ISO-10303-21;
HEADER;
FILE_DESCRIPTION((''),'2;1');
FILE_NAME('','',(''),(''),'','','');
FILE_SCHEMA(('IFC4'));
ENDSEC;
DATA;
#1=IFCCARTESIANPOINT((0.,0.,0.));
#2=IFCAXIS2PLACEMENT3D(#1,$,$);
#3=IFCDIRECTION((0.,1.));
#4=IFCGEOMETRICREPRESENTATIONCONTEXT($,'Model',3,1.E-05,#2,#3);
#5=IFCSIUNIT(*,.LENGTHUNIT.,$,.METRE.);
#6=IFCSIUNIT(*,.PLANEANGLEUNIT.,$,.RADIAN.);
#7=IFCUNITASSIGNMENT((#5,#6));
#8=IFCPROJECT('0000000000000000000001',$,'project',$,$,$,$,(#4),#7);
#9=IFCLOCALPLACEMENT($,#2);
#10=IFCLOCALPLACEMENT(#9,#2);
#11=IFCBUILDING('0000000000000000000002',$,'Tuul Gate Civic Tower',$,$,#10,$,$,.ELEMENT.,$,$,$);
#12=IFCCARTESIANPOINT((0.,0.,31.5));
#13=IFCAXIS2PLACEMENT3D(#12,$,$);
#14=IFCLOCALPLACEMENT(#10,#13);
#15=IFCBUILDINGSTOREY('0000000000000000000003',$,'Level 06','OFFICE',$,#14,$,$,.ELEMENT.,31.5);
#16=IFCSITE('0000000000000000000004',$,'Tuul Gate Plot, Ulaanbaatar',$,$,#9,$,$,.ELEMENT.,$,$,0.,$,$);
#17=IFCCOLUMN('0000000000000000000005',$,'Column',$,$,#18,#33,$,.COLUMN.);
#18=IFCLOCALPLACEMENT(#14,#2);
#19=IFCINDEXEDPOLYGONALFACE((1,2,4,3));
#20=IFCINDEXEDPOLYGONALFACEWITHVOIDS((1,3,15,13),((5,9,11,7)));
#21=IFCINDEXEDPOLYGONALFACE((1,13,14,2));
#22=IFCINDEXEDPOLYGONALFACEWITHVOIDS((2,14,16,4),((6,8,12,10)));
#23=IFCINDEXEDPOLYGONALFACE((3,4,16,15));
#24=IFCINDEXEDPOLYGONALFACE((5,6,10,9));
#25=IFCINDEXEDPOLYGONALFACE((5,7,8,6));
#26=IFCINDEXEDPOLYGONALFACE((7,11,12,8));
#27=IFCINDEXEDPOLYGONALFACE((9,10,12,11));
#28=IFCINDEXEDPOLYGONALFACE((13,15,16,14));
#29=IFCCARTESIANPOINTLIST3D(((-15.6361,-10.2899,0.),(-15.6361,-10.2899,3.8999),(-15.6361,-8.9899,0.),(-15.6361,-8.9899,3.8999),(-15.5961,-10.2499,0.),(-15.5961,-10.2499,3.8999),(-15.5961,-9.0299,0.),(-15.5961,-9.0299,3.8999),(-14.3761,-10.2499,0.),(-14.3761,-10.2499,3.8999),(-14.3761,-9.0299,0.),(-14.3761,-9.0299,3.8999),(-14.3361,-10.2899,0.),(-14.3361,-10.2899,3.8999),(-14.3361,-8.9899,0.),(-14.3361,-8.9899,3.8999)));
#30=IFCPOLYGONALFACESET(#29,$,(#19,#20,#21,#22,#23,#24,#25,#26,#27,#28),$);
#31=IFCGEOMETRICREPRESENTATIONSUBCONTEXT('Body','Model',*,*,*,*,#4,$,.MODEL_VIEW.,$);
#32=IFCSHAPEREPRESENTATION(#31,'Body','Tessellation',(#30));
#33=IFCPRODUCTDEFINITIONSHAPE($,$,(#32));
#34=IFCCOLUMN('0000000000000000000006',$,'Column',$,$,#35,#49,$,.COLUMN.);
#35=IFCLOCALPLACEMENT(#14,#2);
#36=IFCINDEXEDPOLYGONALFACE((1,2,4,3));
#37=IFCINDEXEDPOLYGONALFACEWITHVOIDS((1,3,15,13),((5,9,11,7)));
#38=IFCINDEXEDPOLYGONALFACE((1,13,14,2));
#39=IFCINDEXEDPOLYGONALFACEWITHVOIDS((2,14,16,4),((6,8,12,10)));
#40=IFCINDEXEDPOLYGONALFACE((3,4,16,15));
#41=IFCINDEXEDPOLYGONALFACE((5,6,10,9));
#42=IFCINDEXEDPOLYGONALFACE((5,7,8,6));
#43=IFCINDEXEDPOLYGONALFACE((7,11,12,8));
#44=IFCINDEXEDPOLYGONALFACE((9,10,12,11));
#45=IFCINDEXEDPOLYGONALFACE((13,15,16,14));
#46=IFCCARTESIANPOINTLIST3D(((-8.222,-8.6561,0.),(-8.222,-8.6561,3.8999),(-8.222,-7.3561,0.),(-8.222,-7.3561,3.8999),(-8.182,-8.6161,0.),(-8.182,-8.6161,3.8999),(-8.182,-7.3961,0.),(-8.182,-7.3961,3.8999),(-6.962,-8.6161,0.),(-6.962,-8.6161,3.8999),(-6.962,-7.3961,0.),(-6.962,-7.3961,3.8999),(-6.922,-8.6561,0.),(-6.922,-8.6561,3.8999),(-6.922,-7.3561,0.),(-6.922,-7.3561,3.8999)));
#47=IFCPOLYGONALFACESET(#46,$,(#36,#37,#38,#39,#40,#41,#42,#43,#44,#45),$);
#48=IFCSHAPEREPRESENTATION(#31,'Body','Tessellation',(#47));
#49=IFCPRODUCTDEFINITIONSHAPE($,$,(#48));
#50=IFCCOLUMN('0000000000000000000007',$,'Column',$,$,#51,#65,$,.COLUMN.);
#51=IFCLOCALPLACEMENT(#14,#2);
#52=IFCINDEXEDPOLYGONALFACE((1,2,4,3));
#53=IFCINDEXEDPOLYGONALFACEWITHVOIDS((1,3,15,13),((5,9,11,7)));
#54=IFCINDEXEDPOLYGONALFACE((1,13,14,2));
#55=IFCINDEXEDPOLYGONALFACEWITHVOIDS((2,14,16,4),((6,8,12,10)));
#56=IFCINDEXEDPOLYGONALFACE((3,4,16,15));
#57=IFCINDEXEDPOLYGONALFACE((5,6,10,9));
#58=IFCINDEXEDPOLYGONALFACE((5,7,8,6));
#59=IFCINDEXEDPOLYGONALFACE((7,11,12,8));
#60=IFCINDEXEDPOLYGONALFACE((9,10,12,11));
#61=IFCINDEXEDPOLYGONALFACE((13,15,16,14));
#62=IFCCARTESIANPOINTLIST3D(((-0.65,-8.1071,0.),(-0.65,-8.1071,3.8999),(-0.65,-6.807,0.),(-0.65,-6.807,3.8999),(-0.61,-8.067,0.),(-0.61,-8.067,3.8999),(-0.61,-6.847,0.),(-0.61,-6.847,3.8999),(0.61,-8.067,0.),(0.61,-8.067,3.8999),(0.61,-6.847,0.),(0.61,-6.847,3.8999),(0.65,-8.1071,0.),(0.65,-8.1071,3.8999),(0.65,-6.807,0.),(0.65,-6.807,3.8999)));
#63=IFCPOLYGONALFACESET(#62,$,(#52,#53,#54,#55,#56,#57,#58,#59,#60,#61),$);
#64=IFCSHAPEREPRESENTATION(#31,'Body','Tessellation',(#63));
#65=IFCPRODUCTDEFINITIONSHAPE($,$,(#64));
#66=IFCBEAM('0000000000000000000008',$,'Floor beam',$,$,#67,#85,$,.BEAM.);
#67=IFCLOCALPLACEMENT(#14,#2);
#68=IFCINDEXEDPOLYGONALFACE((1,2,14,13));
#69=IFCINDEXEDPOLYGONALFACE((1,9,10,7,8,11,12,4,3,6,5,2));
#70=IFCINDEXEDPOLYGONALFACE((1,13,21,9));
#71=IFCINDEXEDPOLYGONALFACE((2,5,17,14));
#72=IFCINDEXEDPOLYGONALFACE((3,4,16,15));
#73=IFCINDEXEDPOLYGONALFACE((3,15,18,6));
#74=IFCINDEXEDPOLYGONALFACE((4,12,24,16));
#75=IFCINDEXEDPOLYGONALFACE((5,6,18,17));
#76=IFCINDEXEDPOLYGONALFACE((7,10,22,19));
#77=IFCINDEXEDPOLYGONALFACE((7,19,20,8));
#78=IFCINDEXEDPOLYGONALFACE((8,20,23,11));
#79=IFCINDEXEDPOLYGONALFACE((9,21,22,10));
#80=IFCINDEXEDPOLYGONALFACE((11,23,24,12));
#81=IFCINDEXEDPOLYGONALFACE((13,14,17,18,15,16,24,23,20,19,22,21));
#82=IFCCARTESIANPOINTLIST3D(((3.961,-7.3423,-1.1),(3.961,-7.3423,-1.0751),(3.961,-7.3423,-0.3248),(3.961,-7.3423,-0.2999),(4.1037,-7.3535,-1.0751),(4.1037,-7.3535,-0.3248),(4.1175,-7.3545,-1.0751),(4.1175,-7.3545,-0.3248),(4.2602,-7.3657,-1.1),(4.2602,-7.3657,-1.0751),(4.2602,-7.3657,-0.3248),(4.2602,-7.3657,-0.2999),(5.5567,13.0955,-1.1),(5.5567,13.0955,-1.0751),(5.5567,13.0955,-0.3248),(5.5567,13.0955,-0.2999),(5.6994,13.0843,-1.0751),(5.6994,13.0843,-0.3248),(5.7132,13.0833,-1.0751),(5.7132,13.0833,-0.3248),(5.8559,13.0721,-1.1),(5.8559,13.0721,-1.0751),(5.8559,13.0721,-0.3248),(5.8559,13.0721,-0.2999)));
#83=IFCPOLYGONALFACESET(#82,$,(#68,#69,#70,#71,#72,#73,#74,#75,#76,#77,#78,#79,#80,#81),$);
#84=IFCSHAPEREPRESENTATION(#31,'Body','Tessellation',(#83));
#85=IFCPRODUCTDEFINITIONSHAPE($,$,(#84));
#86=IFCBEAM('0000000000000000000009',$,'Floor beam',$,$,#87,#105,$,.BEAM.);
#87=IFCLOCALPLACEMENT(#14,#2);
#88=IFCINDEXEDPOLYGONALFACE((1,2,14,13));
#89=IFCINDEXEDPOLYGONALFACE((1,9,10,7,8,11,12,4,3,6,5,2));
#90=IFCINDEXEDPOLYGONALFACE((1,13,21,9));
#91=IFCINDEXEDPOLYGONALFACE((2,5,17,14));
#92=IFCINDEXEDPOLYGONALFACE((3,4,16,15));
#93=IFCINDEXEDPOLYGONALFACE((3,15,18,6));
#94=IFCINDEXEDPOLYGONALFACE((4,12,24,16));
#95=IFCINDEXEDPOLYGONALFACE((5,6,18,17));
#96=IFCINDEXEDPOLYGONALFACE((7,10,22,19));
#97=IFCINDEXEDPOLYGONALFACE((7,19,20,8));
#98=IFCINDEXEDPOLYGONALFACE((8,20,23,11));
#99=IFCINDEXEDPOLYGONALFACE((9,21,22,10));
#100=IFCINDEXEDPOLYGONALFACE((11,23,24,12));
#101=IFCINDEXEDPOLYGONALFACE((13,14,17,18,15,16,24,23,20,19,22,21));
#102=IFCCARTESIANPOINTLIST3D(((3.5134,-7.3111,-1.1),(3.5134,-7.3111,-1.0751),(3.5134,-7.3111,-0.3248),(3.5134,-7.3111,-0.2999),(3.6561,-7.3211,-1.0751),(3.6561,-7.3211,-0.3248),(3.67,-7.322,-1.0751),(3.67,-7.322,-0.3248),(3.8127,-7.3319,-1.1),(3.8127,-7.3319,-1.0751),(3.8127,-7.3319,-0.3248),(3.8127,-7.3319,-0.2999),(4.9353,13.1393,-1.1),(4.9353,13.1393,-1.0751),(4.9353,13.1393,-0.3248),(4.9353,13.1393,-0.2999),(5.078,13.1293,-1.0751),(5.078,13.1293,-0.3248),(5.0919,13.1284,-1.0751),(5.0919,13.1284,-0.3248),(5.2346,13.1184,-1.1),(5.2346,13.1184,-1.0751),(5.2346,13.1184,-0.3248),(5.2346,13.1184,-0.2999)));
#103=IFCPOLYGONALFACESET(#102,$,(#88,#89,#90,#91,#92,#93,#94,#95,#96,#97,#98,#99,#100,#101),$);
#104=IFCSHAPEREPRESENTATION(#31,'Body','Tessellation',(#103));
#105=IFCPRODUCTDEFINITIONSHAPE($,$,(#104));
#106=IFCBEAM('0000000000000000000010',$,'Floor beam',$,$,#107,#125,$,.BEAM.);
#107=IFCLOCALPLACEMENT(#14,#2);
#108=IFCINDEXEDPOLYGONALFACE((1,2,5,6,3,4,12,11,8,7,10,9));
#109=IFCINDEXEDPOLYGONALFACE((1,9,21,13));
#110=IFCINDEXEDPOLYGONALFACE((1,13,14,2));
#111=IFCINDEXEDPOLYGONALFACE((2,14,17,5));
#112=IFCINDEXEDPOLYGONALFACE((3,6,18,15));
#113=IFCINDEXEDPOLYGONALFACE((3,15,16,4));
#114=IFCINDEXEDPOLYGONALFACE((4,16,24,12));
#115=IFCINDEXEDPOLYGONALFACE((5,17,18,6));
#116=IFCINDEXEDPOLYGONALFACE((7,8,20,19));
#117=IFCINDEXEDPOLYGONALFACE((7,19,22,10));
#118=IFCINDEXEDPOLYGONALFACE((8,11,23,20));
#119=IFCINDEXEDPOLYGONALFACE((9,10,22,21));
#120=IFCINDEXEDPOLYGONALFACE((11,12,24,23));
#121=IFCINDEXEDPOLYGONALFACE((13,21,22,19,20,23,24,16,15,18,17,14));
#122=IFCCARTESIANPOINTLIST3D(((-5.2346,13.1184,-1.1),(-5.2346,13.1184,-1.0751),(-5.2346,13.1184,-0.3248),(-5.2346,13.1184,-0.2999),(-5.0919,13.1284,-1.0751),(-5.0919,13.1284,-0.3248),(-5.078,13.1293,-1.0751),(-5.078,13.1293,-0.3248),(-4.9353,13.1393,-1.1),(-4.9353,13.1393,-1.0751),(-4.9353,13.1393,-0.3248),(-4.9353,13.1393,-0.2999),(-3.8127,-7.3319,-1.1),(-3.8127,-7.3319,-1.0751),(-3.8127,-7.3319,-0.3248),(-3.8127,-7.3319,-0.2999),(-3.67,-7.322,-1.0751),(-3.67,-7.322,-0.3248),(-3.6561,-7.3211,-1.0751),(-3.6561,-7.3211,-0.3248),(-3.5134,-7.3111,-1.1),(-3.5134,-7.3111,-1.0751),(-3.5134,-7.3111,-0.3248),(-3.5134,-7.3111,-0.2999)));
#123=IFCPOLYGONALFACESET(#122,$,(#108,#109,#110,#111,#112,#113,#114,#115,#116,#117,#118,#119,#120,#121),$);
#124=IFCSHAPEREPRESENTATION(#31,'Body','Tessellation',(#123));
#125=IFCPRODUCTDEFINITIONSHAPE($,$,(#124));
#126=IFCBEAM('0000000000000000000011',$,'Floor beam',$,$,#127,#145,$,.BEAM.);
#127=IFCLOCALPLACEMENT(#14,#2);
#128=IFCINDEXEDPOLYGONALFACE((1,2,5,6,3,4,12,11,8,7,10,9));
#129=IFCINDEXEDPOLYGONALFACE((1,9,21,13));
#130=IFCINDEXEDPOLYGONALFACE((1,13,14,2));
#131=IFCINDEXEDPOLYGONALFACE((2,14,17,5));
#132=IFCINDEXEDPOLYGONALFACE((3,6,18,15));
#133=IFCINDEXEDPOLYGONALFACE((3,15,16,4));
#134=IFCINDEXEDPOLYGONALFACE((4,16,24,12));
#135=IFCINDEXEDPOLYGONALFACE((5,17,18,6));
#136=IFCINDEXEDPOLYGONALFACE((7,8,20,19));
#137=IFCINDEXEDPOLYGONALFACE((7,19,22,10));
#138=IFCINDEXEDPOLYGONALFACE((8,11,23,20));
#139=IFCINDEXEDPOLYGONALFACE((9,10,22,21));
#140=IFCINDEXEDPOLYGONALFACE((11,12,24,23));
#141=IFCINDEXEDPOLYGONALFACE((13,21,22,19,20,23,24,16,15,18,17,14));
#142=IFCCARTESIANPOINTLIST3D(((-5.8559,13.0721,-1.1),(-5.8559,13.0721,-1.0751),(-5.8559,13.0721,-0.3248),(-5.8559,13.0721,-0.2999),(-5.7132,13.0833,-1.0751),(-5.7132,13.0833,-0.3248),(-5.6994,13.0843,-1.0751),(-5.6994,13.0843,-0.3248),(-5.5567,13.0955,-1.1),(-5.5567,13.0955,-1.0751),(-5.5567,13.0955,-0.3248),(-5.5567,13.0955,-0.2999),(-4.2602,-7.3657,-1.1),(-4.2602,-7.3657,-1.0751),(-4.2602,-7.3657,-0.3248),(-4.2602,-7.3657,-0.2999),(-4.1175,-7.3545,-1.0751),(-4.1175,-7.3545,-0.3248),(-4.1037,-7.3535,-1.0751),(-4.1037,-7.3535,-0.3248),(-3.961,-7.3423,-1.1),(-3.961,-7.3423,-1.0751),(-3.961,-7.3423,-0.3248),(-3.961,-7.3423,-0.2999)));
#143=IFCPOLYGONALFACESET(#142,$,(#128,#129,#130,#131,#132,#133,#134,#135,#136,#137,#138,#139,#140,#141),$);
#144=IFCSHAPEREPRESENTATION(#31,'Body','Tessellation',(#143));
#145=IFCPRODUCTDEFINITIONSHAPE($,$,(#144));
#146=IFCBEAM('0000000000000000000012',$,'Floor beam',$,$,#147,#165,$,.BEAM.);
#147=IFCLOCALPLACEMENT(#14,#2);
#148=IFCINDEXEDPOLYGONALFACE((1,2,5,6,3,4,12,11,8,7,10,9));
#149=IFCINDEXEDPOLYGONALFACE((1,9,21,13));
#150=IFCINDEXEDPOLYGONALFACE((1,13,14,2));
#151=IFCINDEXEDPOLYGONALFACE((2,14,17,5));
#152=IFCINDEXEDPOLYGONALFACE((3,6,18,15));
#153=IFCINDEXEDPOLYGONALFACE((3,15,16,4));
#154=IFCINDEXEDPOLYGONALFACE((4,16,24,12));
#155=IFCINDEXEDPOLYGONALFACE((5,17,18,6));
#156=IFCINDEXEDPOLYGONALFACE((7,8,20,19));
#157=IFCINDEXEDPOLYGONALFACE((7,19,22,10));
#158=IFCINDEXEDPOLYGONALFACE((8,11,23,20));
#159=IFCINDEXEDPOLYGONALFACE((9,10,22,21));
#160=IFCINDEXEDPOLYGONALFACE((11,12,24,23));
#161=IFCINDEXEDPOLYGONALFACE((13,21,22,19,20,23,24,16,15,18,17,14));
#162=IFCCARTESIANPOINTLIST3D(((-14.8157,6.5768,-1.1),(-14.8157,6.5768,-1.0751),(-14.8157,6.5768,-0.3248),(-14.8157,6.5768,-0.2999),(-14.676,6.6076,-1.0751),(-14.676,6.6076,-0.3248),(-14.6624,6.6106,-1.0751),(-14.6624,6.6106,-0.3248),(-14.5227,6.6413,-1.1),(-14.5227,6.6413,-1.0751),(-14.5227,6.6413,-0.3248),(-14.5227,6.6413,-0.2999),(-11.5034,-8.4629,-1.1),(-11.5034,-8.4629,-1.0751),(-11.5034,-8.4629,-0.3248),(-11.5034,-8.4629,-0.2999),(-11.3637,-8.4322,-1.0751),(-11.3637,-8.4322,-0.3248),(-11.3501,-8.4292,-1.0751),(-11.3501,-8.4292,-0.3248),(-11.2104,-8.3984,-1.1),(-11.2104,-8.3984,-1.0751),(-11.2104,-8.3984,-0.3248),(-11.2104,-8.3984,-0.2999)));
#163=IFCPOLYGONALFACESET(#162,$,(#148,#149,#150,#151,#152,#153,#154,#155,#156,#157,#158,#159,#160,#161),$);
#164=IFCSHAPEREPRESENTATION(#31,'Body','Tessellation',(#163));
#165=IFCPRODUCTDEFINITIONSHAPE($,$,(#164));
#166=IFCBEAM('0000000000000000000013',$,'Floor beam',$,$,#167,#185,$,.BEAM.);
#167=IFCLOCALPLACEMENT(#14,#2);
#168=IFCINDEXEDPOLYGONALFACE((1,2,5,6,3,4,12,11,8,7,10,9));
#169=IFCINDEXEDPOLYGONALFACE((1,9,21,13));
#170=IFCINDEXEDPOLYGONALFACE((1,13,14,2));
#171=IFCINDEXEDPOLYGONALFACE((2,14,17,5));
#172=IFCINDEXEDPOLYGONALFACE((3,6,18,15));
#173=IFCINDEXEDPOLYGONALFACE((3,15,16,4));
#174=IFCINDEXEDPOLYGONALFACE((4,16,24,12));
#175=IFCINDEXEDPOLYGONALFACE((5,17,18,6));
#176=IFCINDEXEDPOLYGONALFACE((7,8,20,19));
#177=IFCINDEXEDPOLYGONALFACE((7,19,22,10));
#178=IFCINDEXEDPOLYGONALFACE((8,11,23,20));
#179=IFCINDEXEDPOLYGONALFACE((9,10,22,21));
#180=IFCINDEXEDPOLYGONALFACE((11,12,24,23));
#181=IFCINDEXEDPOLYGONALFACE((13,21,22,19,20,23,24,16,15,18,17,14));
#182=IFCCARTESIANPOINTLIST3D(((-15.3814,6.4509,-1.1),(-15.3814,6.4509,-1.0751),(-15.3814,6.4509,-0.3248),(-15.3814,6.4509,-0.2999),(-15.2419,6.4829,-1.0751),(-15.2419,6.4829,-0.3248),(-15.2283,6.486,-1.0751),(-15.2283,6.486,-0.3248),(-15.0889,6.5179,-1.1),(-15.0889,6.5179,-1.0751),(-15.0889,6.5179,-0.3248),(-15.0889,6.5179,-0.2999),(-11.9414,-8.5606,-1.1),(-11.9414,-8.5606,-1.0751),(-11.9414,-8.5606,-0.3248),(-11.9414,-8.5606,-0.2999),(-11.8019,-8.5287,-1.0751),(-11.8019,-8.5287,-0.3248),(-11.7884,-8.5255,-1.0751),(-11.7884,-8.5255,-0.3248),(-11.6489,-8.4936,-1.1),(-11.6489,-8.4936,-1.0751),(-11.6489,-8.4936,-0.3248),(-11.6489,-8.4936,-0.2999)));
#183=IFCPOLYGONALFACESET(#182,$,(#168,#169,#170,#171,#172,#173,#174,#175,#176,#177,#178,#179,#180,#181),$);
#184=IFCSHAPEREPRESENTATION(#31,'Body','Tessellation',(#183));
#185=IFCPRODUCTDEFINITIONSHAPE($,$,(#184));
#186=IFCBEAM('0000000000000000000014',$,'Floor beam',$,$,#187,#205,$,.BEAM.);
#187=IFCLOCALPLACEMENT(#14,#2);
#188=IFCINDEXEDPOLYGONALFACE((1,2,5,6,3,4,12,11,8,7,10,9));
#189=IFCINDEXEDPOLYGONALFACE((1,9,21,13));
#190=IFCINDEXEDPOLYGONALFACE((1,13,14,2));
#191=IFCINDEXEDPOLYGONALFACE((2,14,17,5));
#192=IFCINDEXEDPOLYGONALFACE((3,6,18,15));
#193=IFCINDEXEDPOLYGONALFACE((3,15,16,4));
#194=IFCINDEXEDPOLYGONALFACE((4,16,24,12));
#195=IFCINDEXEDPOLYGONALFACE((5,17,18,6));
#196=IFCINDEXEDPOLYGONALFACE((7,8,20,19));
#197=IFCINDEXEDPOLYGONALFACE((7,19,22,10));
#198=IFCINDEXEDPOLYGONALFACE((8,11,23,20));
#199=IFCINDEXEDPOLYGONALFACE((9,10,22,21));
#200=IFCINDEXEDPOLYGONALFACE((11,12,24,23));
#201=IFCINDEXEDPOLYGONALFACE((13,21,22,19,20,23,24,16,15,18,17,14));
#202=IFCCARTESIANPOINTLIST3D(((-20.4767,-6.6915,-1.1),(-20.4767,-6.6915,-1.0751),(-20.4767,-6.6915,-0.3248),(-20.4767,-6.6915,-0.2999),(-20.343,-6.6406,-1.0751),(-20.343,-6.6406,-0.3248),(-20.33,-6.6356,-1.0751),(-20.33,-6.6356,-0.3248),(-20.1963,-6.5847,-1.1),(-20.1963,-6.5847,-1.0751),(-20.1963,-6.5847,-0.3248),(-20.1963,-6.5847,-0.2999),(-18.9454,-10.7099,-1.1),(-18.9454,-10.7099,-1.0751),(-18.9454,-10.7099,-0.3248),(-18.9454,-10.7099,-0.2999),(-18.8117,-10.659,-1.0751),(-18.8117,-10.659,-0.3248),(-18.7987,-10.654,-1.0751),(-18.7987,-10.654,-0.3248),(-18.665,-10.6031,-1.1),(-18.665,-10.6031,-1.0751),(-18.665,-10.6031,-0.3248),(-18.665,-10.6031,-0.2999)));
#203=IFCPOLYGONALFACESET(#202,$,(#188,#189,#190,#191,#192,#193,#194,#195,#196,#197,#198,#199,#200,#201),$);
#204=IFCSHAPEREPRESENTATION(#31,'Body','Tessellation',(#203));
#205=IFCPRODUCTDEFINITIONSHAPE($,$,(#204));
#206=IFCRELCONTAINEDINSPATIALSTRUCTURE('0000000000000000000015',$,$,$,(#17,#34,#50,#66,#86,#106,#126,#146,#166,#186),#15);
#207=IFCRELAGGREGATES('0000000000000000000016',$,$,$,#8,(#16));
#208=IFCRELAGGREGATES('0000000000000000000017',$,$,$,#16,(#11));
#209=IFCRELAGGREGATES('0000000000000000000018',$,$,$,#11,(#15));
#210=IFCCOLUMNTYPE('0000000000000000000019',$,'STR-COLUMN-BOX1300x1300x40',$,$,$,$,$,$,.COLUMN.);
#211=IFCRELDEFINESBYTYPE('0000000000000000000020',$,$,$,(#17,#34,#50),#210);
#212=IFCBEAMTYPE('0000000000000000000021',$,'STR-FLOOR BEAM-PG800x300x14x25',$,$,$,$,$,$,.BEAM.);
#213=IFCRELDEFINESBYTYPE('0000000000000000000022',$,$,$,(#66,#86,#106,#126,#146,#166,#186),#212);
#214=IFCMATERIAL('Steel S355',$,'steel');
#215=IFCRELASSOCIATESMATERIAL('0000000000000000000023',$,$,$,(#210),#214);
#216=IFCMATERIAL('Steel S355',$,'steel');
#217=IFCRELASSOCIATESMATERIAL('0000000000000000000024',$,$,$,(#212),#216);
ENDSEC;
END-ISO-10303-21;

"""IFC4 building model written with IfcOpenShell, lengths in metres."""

from ifc_helpers import new_model, si_unit, direction, frame, origin, origin_2d, place, context, subcontext, project, spatial, hollow_rectangle, i_section, extrude, material, material_profile, profile_set, type_object, element, save


model = new_model("IFC4")

# Units and contexts
model_context = context("Model", 3, precision=1e-05, world=origin(), true_north=direction((0.0, 1.0)))
body_context = subcontext(model_context, "Body", "Model", "MODEL_VIEW")
ifc_project = project(units=[si_unit("LENGTHUNIT", "METRE"), si_unit("PLANEANGLEUNIT", "RADIAN")], contexts=[model_context])

# Site, building, storey
site_placement = place(None, origin())
site = spatial("IfcSite", under=ifc_project, at=site_placement, Name="Tuul Gate Plot, Ulaanbaatar", CompositionType="ELEMENT", RefElevation=0.0)
building_placement = place(site_placement, origin())
building = spatial("IfcBuilding", under=site, at=building_placement, Name="Tuul Gate Civic Tower", CompositionType="ELEMENT")
storey_placement = place(building_placement, frame((0.0, 0.0, 31.5)))
storey = spatial("IfcBuildingStorey", under=building, at=storey_placement, Name="Level 06", Description="OFFICE", CompositionType="ELEMENT", Elevation=31.5)

# Columns
ifc_material_1 = material(Name="Steel S355", Category="steel")
ifc_material_profile_1 = material_profile(ifc_material_1, hollow_rectangle(XDim=1.3, YDim=1.3, WallThickness=0.04, at=origin_2d()), Name="BOX1300x1300x40")
ifc_profile_set_1 = profile_set([ifc_material_profile_1], Name="Steel S355")
column_type = type_object("IfcColumnType", Name="STR-COLUMN-BOX1300x1300x40", PredefinedType="COLUMN", material=ifc_profile_set_1)
for number, where, z_axis, x_axis, name in (
    (1, (-14.9861, -9.6399, 0.0), (0.0, 0.0, 1.0), (1.0, 0.0, 0.0), "Column"),
    (2, (-7.572, -8.0061, 0.0), (0.0, 0.0, 1.0), (1.0, 0.0, 0.0), "Column"),
    (3, (0.0, -7.457, 0.0), (0.0, 0.0, 1.0), (1.0, 0.0, 0.0), "Column"),
):
    element("IfcColumn", number, at=place(storey_placement, frame(where, z_axis=z_axis, x_axis=x_axis)), inside=storey, type_object=column_type, Name=name, PredefinedType="COLUMN", context=body_context, shape_type="SweptSolid", body=[
        extrude(hollow_rectangle(XDim=1.3, YDim=1.3, WallThickness=0.04, at=origin_2d()), origin(), (0.0, 0.0, 1.0), 3.8999),
    ])

# Beams
ifc_material_2 = material(Name="Steel S355", Category="steel")
ifc_material_profile_2 = material_profile(ifc_material_2, i_section(OverallWidth=0.3, OverallDepth=0.8, WebThickness=0.0139, FlangeThickness=0.0249, at=origin_2d()), Name="PG800x300x14x25")
ifc_profile_set_2 = profile_set([ifc_material_profile_2], Name="Steel S355")
beam_type = type_object("IfcBeamType", Name="STR-FLOOR BEAM-PG800x300x14x25", PredefinedType="BEAM", material=ifc_profile_set_2)
beam_1_placement = place(storey_placement, frame((4.1106, -7.354, -0.7), z_axis=(0.077839, 0.996966, 0.0), x_axis=(-0.996966, 0.077839, 0.0)))
element("IfcBeam", 4, at=beam_1_placement, inside=storey, type_object=beam_type, Name="Floor beam", PredefinedType="BEAM", context=body_context, shape_type="SweptSolid", body=[
    extrude(i_section(OverallWidth=0.3, OverallDepth=0.8, WebThickness=0.0139, FlangeThickness=0.0249, at=origin_2d()), origin(), (0.0, 0.0, 1.0), 20.5),
])
for number, where, z_axis, x_axis, name in (
    (5, (3.6631, -7.3215, -0.7), (0.06936, 0.997592, 0.0), (-0.997592, 0.06936, 0.0), "Floor beam"),
    (6, (-3.6631, -7.3215, -0.7), (-0.06936, 0.997592, 0.0), (-0.997592, -0.06936, 0.0), "Floor beam"),
):
    element("IfcBeam", number, at=place(storey_placement, frame(where, z_axis=z_axis, x_axis=x_axis)), inside=storey, type_object=beam_type, Name=name, PredefinedType="BEAM", context=body_context, shape_type="SweptSolid", body=[
        extrude(i_section(OverallWidth=0.3, OverallDepth=0.8, WebThickness=0.0139, FlangeThickness=0.0249, at=origin_2d()), origin(), (0.0, 0.0, 1.0), 20.4998),
    ])
beam_2_placement = place(storey_placement, frame((-4.1106, -7.354, -0.7), z_axis=(-0.077839, 0.996966, 0.0), x_axis=(-0.996966, -0.077839, 0.0)))
element("IfcBeam", 7, at=beam_2_placement, inside=storey, type_object=beam_type, Name="Floor beam", PredefinedType="BEAM", context=body_context, shape_type="SweptSolid", body=[
    extrude(i_section(OverallWidth=0.3, OverallDepth=0.8, WebThickness=0.0139, FlangeThickness=0.0249, at=origin_2d()), origin(), (0.0, 0.0, 1.0), 20.5),
])
beam_3_placement = place(storey_placement, frame((-11.3569, -8.4307, -0.7), z_axis=(-0.215079, 0.976597, 0.0), x_axis=(-0.976597, -0.215079, 0.0)))
element("IfcBeam", 8, at=beam_3_placement, inside=storey, type_object=beam_type, Name="Floor beam", PredefinedType="BEAM", context=body_context, shape_type="SweptSolid", body=[
    extrude(i_section(OverallWidth=0.3, OverallDepth=0.8, WebThickness=0.0139, FlangeThickness=0.0249, at=origin_2d()), origin(), (0.0, 0.0, 1.0), 15.4001),
])
beam_4_placement = place(storey_placement, frame((-11.7952, -8.5271, -0.7), z_axis=(-0.223365, 0.974735, 0.0), x_axis=(-0.974735, -0.223365, 0.0)))
element("IfcBeam", 9, at=beam_4_placement, inside=storey, type_object=beam_type, Name="Floor beam", PredefinedType="BEAM", context=body_context, shape_type="SweptSolid", body=[
    extrude(i_section(OverallWidth=0.3, OverallDepth=0.8, WebThickness=0.0139, FlangeThickness=0.0249, at=origin_2d()), origin(), (0.0, 0.0, 1.0), 15.4006),
])
beam_5_placement = place(storey_placement, frame((-18.8052, -10.6565, -0.7), z_axis=(-0.35609, 0.934452, 0.0), x_axis=(-0.934452, -0.35609, 0.0)))
element("IfcBeam", 10, at=beam_5_placement, inside=storey, type_object=beam_type, Name="Floor beam", PredefinedType="BEAM", context=body_context, shape_type="SweptSolid", body=[
    extrude(i_section(OverallWidth=0.3, OverallDepth=0.8, WebThickness=0.0139, FlangeThickness=0.0249, at=origin_2d()), origin(), (0.0, 0.0, 1.0), 4.3003),
])

save(model, "model.ifc")
